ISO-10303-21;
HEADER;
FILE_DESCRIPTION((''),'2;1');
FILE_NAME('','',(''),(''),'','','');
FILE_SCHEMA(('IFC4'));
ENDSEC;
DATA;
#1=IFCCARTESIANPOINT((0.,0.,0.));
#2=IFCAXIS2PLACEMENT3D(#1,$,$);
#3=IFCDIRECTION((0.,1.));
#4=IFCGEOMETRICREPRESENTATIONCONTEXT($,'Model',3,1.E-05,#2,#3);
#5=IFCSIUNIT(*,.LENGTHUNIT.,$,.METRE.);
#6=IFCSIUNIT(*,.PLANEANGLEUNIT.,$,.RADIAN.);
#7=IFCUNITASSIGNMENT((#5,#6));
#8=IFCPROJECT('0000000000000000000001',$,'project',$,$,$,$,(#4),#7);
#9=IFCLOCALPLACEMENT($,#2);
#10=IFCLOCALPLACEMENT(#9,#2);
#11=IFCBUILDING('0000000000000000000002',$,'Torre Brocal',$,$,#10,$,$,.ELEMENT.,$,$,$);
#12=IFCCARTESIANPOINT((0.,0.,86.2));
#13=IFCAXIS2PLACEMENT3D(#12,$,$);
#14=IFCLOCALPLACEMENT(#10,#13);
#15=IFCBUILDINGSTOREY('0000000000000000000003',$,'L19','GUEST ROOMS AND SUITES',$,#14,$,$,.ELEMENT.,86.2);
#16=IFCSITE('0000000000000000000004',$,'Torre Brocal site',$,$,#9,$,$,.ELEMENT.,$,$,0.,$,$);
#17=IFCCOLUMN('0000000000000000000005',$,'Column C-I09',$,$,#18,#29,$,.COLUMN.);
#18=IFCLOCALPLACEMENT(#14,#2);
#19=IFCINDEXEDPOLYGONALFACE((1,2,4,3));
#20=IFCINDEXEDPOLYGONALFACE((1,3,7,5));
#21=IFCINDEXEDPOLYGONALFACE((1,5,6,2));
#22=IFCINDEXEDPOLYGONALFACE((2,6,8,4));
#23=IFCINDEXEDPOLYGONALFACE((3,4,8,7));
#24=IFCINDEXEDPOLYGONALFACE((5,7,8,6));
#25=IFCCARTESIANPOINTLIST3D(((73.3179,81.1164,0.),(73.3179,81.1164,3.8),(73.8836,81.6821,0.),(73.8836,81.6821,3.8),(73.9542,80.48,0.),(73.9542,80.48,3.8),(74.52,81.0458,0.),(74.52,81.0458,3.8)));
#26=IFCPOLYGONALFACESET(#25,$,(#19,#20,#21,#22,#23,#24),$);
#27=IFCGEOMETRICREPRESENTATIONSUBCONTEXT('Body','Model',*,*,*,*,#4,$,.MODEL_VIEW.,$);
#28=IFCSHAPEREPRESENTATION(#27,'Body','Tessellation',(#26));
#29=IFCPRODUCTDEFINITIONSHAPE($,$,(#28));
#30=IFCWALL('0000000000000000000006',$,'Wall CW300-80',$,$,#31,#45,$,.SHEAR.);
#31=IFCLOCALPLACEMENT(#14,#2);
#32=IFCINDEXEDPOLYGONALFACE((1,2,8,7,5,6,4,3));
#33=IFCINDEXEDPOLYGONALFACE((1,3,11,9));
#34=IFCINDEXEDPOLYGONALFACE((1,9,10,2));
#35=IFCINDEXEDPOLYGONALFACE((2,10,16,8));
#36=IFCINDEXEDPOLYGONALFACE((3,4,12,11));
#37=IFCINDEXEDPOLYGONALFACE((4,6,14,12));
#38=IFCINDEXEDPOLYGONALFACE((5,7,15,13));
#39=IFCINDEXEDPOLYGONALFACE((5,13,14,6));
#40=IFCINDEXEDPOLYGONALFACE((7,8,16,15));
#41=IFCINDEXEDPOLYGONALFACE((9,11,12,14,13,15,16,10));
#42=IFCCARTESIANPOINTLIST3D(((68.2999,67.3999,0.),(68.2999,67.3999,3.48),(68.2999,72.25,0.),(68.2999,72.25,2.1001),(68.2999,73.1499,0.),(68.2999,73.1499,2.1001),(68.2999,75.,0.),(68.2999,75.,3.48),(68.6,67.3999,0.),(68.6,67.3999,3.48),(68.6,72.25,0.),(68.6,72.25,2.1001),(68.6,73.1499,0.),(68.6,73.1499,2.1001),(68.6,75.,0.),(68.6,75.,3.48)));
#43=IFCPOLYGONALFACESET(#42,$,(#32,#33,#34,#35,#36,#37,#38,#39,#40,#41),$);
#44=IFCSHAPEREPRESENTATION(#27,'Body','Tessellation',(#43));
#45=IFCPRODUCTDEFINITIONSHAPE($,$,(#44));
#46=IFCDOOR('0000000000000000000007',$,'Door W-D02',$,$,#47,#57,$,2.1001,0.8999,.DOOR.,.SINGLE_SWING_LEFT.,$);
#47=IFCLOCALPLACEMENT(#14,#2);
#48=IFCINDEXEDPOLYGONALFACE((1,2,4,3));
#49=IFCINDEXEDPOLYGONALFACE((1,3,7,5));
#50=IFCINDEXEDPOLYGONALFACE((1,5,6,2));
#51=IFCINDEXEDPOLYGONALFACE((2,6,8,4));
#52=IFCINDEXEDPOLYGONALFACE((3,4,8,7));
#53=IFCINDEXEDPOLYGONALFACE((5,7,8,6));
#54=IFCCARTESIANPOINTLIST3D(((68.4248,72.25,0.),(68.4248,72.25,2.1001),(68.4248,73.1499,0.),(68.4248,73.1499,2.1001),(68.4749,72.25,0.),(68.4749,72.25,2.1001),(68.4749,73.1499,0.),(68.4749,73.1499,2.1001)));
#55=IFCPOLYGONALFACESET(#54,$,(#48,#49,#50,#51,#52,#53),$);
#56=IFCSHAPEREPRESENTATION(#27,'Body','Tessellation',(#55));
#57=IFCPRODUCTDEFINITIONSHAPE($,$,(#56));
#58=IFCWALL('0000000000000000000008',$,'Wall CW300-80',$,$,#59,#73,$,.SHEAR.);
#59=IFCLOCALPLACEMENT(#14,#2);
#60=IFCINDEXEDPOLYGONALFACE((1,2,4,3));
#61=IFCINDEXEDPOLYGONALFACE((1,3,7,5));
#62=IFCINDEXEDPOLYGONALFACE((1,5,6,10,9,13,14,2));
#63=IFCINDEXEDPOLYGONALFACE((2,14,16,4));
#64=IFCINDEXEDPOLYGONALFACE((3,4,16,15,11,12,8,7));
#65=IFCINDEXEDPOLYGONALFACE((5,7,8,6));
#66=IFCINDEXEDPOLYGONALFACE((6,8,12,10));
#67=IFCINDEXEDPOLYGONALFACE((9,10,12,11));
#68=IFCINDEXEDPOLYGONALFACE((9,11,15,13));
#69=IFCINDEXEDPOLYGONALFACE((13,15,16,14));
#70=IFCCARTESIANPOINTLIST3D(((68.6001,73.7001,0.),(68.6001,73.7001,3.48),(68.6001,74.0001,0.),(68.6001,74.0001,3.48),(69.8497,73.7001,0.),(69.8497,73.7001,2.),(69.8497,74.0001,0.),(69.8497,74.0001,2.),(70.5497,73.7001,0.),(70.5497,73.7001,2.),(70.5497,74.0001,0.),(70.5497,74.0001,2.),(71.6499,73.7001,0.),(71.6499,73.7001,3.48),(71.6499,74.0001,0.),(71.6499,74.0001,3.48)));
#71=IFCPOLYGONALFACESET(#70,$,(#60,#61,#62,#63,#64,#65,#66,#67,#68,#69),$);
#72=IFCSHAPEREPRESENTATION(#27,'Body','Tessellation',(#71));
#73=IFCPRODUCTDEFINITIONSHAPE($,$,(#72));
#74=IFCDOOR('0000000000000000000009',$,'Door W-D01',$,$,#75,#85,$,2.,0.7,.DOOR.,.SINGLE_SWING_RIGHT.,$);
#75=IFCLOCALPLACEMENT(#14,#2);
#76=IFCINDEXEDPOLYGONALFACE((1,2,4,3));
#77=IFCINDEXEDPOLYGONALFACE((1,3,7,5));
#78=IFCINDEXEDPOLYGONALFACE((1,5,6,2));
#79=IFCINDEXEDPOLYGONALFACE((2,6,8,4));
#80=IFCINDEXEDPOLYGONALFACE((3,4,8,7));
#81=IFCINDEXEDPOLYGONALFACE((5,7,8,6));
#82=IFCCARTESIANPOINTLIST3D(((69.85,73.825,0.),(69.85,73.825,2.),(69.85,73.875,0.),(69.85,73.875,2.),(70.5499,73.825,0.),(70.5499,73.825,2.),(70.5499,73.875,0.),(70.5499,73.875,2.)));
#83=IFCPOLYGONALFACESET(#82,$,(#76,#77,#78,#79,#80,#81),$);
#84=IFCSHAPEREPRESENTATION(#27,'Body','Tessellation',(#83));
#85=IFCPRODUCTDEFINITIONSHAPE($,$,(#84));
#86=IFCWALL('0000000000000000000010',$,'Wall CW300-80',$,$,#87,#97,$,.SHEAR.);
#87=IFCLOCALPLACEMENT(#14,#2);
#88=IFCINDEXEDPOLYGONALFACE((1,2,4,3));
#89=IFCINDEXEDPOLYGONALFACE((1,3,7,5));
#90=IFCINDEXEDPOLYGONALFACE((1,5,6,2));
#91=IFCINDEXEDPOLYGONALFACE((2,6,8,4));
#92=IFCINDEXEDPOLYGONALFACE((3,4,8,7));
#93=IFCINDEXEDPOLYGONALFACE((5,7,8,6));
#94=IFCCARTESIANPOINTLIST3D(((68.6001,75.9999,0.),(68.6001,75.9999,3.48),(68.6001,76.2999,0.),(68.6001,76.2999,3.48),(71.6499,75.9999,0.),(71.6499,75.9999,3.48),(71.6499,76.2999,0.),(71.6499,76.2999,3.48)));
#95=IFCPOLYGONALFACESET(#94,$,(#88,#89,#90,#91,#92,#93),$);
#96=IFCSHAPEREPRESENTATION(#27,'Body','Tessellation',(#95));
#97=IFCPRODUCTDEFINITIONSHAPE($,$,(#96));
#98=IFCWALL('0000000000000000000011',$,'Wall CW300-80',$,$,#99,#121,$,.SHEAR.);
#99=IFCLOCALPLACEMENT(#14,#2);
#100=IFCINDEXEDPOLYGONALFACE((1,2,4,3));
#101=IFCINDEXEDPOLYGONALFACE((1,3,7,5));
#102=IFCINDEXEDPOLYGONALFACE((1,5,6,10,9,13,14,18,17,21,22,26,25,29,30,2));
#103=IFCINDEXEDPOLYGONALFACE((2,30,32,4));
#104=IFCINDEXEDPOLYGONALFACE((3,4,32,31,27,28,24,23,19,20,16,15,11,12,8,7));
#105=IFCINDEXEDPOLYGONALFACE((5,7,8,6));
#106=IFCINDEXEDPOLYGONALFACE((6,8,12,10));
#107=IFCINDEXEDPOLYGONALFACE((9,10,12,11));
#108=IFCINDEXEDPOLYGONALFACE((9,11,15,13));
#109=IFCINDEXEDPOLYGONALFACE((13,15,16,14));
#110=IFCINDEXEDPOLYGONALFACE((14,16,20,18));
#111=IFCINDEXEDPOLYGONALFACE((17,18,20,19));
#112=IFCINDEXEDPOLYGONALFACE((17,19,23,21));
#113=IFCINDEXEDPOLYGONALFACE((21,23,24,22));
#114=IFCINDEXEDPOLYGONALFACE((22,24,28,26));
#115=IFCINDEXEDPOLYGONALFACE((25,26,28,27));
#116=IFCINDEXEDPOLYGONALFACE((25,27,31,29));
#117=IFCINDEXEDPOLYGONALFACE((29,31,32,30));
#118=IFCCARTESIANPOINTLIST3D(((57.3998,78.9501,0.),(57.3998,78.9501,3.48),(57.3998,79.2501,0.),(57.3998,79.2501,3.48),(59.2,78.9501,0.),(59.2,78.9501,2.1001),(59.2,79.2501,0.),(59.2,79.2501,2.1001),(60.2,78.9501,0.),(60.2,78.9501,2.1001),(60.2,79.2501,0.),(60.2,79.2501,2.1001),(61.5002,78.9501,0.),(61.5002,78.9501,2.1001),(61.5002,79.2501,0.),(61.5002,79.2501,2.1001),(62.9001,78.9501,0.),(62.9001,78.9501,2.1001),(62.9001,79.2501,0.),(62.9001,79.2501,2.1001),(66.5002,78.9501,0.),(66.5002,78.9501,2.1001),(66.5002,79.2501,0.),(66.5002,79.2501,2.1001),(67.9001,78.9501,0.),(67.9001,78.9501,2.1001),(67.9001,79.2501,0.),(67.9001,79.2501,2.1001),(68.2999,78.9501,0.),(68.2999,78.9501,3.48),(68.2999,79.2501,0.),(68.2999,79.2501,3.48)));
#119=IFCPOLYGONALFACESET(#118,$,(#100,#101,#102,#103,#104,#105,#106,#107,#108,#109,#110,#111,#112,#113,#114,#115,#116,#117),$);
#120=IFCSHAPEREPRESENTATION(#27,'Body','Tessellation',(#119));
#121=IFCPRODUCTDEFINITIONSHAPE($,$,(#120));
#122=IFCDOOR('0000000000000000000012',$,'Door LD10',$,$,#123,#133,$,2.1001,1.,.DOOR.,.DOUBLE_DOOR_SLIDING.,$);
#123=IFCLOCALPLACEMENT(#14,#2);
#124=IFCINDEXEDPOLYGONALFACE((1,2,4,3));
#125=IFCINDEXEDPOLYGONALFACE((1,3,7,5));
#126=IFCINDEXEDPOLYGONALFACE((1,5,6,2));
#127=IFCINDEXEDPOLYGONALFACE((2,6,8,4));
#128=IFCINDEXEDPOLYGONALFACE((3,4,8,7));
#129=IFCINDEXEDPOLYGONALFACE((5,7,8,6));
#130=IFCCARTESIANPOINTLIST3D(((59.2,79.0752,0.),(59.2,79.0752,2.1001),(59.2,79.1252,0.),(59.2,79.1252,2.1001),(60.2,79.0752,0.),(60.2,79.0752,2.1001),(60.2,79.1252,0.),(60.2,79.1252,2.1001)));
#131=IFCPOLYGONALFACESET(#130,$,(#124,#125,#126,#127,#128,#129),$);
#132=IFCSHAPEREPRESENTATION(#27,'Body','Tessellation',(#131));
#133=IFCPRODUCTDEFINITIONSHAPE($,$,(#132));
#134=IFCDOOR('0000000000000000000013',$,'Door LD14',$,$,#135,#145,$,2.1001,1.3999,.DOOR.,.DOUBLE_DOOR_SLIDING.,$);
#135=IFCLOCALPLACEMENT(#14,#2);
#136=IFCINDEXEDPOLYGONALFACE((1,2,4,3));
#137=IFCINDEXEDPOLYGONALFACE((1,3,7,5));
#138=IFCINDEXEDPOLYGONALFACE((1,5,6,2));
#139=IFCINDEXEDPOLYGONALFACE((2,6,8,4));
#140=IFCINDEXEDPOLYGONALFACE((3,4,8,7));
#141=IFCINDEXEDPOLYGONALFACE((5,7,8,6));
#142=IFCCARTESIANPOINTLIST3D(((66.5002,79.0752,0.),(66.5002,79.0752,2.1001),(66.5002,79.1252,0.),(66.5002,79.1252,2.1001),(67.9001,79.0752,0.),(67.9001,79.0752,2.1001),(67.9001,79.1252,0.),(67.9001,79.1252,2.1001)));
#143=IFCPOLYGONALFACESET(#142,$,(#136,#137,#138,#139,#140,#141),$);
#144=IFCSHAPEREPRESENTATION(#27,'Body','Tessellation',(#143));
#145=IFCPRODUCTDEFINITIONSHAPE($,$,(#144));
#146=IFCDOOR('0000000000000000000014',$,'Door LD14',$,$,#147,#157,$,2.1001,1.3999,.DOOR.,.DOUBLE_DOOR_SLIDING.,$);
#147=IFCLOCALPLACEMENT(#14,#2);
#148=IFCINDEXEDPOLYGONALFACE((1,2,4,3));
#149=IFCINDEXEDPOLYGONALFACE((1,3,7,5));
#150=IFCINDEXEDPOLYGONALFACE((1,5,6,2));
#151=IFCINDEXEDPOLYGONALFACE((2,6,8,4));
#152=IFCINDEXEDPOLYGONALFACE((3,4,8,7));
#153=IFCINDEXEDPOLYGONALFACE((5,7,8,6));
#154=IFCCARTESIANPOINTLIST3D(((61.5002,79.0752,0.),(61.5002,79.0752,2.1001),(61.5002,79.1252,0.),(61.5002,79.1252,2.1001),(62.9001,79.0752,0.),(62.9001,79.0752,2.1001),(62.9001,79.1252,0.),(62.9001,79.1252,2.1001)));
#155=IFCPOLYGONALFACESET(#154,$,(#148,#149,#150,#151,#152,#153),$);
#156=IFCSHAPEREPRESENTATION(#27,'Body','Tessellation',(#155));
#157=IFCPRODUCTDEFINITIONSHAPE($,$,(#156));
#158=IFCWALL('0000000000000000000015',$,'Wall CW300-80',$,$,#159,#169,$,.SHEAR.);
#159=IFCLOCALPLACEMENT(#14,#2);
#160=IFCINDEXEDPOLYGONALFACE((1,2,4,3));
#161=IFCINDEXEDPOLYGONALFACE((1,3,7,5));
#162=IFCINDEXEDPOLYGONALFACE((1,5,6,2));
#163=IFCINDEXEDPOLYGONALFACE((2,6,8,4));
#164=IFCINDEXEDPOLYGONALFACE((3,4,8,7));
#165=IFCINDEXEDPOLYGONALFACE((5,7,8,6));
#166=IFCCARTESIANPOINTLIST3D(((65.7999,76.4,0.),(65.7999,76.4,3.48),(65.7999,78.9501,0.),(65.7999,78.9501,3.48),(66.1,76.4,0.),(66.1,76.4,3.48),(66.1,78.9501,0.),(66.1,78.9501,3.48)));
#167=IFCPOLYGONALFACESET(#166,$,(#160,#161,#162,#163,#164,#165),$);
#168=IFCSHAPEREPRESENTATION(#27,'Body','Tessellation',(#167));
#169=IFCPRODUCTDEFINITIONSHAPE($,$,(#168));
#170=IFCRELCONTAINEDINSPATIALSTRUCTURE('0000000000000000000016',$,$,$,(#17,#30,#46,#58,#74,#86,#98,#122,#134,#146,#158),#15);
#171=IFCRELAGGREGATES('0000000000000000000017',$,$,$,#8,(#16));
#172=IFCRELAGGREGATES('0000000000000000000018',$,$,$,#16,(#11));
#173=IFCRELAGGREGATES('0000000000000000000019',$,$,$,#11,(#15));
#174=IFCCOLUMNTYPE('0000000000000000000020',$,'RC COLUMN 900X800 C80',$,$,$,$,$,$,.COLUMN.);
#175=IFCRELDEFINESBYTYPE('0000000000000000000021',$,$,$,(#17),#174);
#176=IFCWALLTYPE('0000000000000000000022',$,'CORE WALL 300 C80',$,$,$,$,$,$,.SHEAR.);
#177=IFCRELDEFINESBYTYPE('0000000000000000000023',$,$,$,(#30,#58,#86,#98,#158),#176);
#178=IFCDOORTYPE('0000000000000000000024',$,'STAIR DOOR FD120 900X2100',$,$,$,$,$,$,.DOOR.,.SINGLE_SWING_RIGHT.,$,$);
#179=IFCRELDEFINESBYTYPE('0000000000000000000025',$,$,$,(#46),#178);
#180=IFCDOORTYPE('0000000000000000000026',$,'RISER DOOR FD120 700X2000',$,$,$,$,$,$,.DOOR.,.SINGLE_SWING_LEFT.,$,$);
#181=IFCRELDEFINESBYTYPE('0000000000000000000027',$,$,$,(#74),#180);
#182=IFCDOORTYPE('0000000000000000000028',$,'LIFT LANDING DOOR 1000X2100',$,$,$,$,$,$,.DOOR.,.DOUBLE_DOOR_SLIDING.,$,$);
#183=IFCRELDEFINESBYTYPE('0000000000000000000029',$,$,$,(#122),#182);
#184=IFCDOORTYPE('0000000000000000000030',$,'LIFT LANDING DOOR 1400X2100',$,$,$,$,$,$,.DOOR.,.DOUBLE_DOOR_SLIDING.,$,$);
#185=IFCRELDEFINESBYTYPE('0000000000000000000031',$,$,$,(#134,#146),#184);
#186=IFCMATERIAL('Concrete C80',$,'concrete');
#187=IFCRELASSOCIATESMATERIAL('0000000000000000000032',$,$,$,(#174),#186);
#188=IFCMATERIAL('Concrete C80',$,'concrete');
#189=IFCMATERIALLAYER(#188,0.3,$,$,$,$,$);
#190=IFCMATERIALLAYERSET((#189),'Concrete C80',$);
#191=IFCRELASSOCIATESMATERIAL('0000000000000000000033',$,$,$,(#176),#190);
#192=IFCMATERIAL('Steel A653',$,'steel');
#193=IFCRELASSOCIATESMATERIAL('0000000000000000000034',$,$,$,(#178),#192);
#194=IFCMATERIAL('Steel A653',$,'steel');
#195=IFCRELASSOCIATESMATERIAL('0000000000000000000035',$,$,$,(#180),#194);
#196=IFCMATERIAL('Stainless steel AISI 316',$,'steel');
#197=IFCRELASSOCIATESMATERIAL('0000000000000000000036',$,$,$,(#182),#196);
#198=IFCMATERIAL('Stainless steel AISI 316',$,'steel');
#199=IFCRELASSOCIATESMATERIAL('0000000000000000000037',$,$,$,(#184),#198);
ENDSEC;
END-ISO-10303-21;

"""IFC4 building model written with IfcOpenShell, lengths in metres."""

from ifc_helpers import new_model, si_unit, direction, frame, frame_2d, origin, origin_2d, place, context, subcontext, project, spatial, rectangle, extrude, material, layer, layer_set, material_profile, profile_set, type_object, element, fill, save


model = new_model("IFC4")

# Units and contexts
model_context = context("Model", 3, precision=1e-05, world=origin(), true_north=direction((0.0, 1.0)))
body_context = subcontext(model_context, "Body", "Model", "MODEL_VIEW")
ifc_project = project(units=[si_unit("LENGTHUNIT", "METRE"), si_unit("PLANEANGLEUNIT", "RADIAN")], contexts=[model_context])

# Site, building, storey
site_placement = place(None, origin())
site = spatial("IfcSite", under=ifc_project, at=site_placement, Name="Torre Brocal site", CompositionType="ELEMENT", RefElevation=0.0)
building_placement = place(site_placement, origin())
building = spatial("IfcBuilding", under=site, at=building_placement, Name="Torre Brocal", CompositionType="ELEMENT")
storey_placement = place(building_placement, frame((0.0, 0.0, 86.2)))
storey = spatial("IfcBuildingStorey", under=building, at=storey_placement, Name="L19", Description="GUEST ROOMS AND SUITES", CompositionType="ELEMENT", Elevation=86.2)

# Column
ifc_material_1 = material(Name="Concrete C80", Category="concrete")
ifc_material_profile = material_profile(ifc_material_1, rectangle(XDim=0.8999, YDim=0.8, at=origin_2d()), Name="RC 900X800")
ifc_profile_set = profile_set([ifc_material_profile], Name="Concrete C80")
column_type = type_object("IfcColumnType", Name="RC COLUMN 900X800 C80", PredefinedType="COLUMN", material=ifc_profile_set)
column_placement = place(storey_placement, frame((73.9189, 81.0811, 0.0), z_axis=(0.0, 0.0, 1.0), x_axis=(-0.707107, 0.707107, 0.0)))
element("IfcColumn", 1, at=column_placement, inside=storey, type_object=column_type, Name="Column C-I09", PredefinedType="COLUMN", context=body_context, shape_type="SweptSolid", body=[
    extrude(rectangle(XDim=0.8999, YDim=0.8, at=origin_2d()), origin(), (0.0, 0.0, 1.0), 3.8),
])

# Walls, openings, doors
ifc_material_2 = material(Name="Concrete C80", Category="concrete")
ifc_layer_1 = layer(ifc_material_2, 0.3)
ifc_layer_set_1 = layer_set([ifc_layer_1], Name="Concrete C80")
wall_type_1 = type_object("IfcWallType", Name="CORE WALL 300 C80", PredefinedType="SHEAR", material=ifc_layer_set_1)
wall_1_placement = place(storey_placement, frame((68.45, 75.0, 0.0), z_axis=(0.0, 0.0, 1.0), x_axis=(0.0, -1.0, 0.0)))
wall_1 = element("IfcWall", 2, at=wall_1_placement, inside=storey, type_object=wall_type_1, Name="Wall CW300-80", PredefinedType="SHEAR", context=body_context, shape_type="SweptSolid", body=[
    extrude(rectangle(XDim=7.6001, YDim=0.3, at=frame_2d((3.8, 0.0))), origin(), (0.0, 0.0, 1.0), 3.48),
])
opening_1_placement = place(wall_1_placement, frame((1.8501, 0.0, 0.0)))
opening_1 = element("IfcOpeningElement", 3, at=opening_1_placement, cuts=wall_1, PredefinedType="OPENING", context=body_context, shape_type="SweptSolid", body=[
    extrude(rectangle(XDim=0.8999, YDim=2.1001, at=frame_2d((0.45, 1.05))), frame((0.0, 0.1599, 0.0), z_axis=(0.0, -1.0, 0.0), x_axis=(1.0, 0.0, 0.0)), (0.0, 0.0, 1.0), 0.3201),
])
ifc_material_3 = material(Name="Steel A653", Category="steel")
door_type_1 = type_object("IfcDoorType", Name="STAIR DOOR FD120 900X2100", OperationType="SINGLE_SWING_RIGHT", PredefinedType="DOOR", material=ifc_material_3)
door_1_placement = place(opening_1_placement, origin())
door_1 = element("IfcDoor", 4, at=door_1_placement, inside=storey, type_object=door_type_1, Name="Door W-D02", OperationType="SINGLE_SWING_LEFT", OverallHeight=2.1001, OverallWidth=0.8999, PredefinedType="DOOR", context=body_context, shape_type="SweptSolid", body=[
    extrude(rectangle(XDim=0.8999, YDim=2.1001, at=frame_2d((0.45, 1.05))), frame((0.0, 0.0249, 0.0), z_axis=(0.0, -1.0, 0.0), x_axis=(1.0, 0.0, 0.0)), (0.0, 0.0, 1.0), 0.05),
])
fill(opening_1, door_1)
wall_2_placement = place(storey_placement, frame((71.6499, 73.8501, 0.0), z_axis=(0.0, 0.0, 1.0), x_axis=(-1.0, 0.0, 0.0)))
wall_2 = element("IfcWall", 5, at=wall_2_placement, inside=storey, type_object=wall_type_1, Name="Wall CW300-80", PredefinedType="SHEAR", context=body_context, shape_type="SweptSolid", body=[
    extrude(rectangle(XDim=3.0498, YDim=0.3, at=frame_2d((1.5249, 0.0))), origin(), (0.0, 0.0, 1.0), 3.48),
])
opening_2_placement = place(wall_2_placement, frame((1.1001, 0.0, 0.0)))
opening_2 = element("IfcOpeningElement", 6, at=opening_2_placement, cuts=wall_2, PredefinedType="OPENING", context=body_context, shape_type="SweptSolid", body=[
    extrude(rectangle(XDim=0.7, YDim=2.0, at=frame_2d((0.3501, 1.0))), frame((0.0, 0.1599, 0.0), z_axis=(0.0, -1.0, 0.0), x_axis=(1.0, 0.0, 0.0)), (0.0, 0.0, 1.0), 0.3201),
])
ifc_material_4 = material(Name="Steel A653", Category="steel")
door_type_2 = type_object("IfcDoorType", Name="RISER DOOR FD120 700X2000", OperationType="SINGLE_SWING_LEFT", PredefinedType="DOOR", material=ifc_material_4)
door_2_placement = place(opening_2_placement, frame((0.7, 0.0, 0.0), z_axis=(0.0, 0.0, 1.0), x_axis=(-1.0, 0.0, 0.0)))
door_2 = element("IfcDoor", 7, at=door_2_placement, inside=storey, type_object=door_type_2, Name="Door W-D01", OperationType="SINGLE_SWING_RIGHT", OverallHeight=2.0, OverallWidth=0.7, PredefinedType="DOOR", context=body_context, shape_type="SweptSolid", body=[
    extrude(rectangle(XDim=0.7, YDim=2.0, at=frame_2d((0.3501, 1.0))), frame((0.0, 0.0249, 0.0), z_axis=(0.0, -1.0, 0.0), x_axis=(1.0, 0.0, 0.0)), (0.0, 0.0, 1.0), 0.05),
])
fill(opening_2, door_2)

# Wall
wall_3_placement = place(storey_placement, frame((71.6499, 76.1499, 0.0), z_axis=(0.0, 0.0, 1.0), x_axis=(-1.0, 0.0, 0.0)))
element("IfcWall", 8, at=wall_3_placement, inside=storey, type_object=wall_type_1, Name="Wall CW300-80", PredefinedType="SHEAR", context=body_context, shape_type="SweptSolid", body=[
    extrude(rectangle(XDim=3.0498, YDim=0.3, at=frame_2d((1.5249, 0.0))), origin(), (0.0, 0.0, 1.0), 3.48),
])

# Wall, openings, doors
wall_4_placement = place(storey_placement, frame((68.3, 79.1001, 0.0), z_axis=(0.0, 0.0, 1.0), x_axis=(-1.0, 0.0, 0.0)))
wall_4 = element("IfcWall", 9, at=wall_4_placement, inside=storey, type_object=wall_type_1, Name="Wall CW300-80", PredefinedType="SHEAR", context=body_context, shape_type="SweptSolid", body=[
    extrude(rectangle(XDim=10.9001, YDim=0.3, at=frame_2d((5.4502, 0.0))), origin(), (0.0, 0.0, 1.0), 3.48),
])
opening_3_placement = place(wall_4_placement, frame((0.3999, 0.0, 0.0)))
opening_3 = element("IfcOpeningElement", 10, at=opening_3_placement, cuts=wall_4, PredefinedType="OPENING", context=body_context, shape_type="SweptSolid", body=[
    extrude(rectangle(XDim=1.3999, YDim=2.1001, at=frame_2d((0.7, 1.05))), frame((0.0, 0.1599, 0.0), z_axis=(0.0, -1.0, 0.0), x_axis=(1.0, 0.0, 0.0)), (0.0, 0.0, 1.0), 0.3201),
])
opening_4_placement = place(wall_4_placement, frame((5.3999, 0.0, 0.0)))
opening_4 = element("IfcOpeningElement", 11, at=opening_4_placement, cuts=wall_4, PredefinedType="OPENING", context=body_context, shape_type="SweptSolid", body=[
    extrude(rectangle(XDim=1.3999, YDim=2.1001, at=frame_2d((0.7, 1.05))), frame((0.0, 0.1599, 0.0), z_axis=(0.0, -1.0, 0.0), x_axis=(1.0, 0.0, 0.0)), (0.0, 0.0, 1.0), 0.3201),
])
opening_5_placement = place(wall_4_placement, frame((8.1001, 0.0, 0.0)))
opening_5 = element("IfcOpeningElement", 12, at=opening_5_placement, cuts=wall_4, PredefinedType="OPENING", context=body_context, shape_type="SweptSolid", body=[
    extrude(rectangle(XDim=1.0, YDim=2.1001, at=frame_2d((0.5, 1.05))), frame((0.0, 0.1599, 0.0), z_axis=(0.0, -1.0, 0.0), x_axis=(1.0, 0.0, 0.0)), (0.0, 0.0, 1.0), 0.3201),
])
ifc_material_5 = material(Name="Stainless steel AISI 316", Category="steel")
door_type_3 = type_object("IfcDoorType", Name="LIFT LANDING DOOR 1000X2100", OperationType="DOUBLE_DOOR_SLIDING", PredefinedType="DOOR", material=ifc_material_5)
door_3_placement = place(opening_5_placement, origin())
door_3 = element("IfcDoor", 13, at=door_3_placement, inside=storey, type_object=door_type_3, Name="Door LD10", OperationType="DOUBLE_DOOR_SLIDING", OverallHeight=2.1001, OverallWidth=1.0, PredefinedType="DOOR", context=body_context, shape_type="SweptSolid", body=[
    extrude(rectangle(XDim=1.0, YDim=2.1001, at=frame_2d((0.5, 1.05))), frame((0.0, 0.0249, 0.0), z_axis=(0.0, -1.0, 0.0), x_axis=(1.0, 0.0, 0.0)), (0.0, 0.0, 1.0), 0.05),
])
fill(opening_5, door_3)
ifc_material_6 = material(Name="Stainless steel AISI 316", Category="steel")
door_type_4 = type_object("IfcDoorType", Name="LIFT LANDING DOOR 1400X2100", OperationType="DOUBLE_DOOR_SLIDING", PredefinedType="DOOR", material=ifc_material_6)
door_4_placement = place(opening_3_placement, origin())
door_4 = element("IfcDoor", 14, at=door_4_placement, inside=storey, type_object=door_type_4, Name="Door LD14", OperationType="DOUBLE_DOOR_SLIDING", OverallHeight=2.1001, OverallWidth=1.3999, PredefinedType="DOOR", context=body_context, shape_type="SweptSolid", body=[
    extrude(rectangle(XDim=1.3999, YDim=2.1001, at=frame_2d((0.7, 1.05))), frame((0.0, 0.0249, 0.0), z_axis=(0.0, -1.0, 0.0), x_axis=(1.0, 0.0, 0.0)), (0.0, 0.0, 1.0), 0.05),
])
fill(opening_3, door_4)
door_5_placement = place(opening_4_placement, origin())
door_5 = element("IfcDoor", 15, at=door_5_placement, inside=storey, type_object=door_type_4, Name="Door LD14", OperationType="DOUBLE_DOOR_SLIDING", OverallHeight=2.1001, OverallWidth=1.3999, PredefinedType="DOOR", context=body_context, shape_type="SweptSolid", body=[
    extrude(rectangle(XDim=1.3999, YDim=2.1001, at=frame_2d((0.7, 1.05))), frame((0.0, 0.0249, 0.0), z_axis=(0.0, -1.0, 0.0), x_axis=(1.0, 0.0, 0.0)), (0.0, 0.0, 1.0), 0.05),
])
fill(opening_4, door_5)

# Wall
wall_5_placement = place(storey_placement, frame((65.95, 78.95, 0.0), z_axis=(0.0, 0.0, 1.0), x_axis=(0.0, -1.0, 0.0)))
element("IfcWall", 16, at=wall_5_placement, inside=storey, type_object=wall_type_1, Name="Wall CW300-80", PredefinedType="SHEAR", context=body_context, shape_type="SweptSolid", body=[
    extrude(rectangle(XDim=2.55, YDim=0.3, at=frame_2d((1.2749, 0.0))), origin(), (0.0, 0.0, 1.0), 3.48),
])

save(model, "model.ifc")
